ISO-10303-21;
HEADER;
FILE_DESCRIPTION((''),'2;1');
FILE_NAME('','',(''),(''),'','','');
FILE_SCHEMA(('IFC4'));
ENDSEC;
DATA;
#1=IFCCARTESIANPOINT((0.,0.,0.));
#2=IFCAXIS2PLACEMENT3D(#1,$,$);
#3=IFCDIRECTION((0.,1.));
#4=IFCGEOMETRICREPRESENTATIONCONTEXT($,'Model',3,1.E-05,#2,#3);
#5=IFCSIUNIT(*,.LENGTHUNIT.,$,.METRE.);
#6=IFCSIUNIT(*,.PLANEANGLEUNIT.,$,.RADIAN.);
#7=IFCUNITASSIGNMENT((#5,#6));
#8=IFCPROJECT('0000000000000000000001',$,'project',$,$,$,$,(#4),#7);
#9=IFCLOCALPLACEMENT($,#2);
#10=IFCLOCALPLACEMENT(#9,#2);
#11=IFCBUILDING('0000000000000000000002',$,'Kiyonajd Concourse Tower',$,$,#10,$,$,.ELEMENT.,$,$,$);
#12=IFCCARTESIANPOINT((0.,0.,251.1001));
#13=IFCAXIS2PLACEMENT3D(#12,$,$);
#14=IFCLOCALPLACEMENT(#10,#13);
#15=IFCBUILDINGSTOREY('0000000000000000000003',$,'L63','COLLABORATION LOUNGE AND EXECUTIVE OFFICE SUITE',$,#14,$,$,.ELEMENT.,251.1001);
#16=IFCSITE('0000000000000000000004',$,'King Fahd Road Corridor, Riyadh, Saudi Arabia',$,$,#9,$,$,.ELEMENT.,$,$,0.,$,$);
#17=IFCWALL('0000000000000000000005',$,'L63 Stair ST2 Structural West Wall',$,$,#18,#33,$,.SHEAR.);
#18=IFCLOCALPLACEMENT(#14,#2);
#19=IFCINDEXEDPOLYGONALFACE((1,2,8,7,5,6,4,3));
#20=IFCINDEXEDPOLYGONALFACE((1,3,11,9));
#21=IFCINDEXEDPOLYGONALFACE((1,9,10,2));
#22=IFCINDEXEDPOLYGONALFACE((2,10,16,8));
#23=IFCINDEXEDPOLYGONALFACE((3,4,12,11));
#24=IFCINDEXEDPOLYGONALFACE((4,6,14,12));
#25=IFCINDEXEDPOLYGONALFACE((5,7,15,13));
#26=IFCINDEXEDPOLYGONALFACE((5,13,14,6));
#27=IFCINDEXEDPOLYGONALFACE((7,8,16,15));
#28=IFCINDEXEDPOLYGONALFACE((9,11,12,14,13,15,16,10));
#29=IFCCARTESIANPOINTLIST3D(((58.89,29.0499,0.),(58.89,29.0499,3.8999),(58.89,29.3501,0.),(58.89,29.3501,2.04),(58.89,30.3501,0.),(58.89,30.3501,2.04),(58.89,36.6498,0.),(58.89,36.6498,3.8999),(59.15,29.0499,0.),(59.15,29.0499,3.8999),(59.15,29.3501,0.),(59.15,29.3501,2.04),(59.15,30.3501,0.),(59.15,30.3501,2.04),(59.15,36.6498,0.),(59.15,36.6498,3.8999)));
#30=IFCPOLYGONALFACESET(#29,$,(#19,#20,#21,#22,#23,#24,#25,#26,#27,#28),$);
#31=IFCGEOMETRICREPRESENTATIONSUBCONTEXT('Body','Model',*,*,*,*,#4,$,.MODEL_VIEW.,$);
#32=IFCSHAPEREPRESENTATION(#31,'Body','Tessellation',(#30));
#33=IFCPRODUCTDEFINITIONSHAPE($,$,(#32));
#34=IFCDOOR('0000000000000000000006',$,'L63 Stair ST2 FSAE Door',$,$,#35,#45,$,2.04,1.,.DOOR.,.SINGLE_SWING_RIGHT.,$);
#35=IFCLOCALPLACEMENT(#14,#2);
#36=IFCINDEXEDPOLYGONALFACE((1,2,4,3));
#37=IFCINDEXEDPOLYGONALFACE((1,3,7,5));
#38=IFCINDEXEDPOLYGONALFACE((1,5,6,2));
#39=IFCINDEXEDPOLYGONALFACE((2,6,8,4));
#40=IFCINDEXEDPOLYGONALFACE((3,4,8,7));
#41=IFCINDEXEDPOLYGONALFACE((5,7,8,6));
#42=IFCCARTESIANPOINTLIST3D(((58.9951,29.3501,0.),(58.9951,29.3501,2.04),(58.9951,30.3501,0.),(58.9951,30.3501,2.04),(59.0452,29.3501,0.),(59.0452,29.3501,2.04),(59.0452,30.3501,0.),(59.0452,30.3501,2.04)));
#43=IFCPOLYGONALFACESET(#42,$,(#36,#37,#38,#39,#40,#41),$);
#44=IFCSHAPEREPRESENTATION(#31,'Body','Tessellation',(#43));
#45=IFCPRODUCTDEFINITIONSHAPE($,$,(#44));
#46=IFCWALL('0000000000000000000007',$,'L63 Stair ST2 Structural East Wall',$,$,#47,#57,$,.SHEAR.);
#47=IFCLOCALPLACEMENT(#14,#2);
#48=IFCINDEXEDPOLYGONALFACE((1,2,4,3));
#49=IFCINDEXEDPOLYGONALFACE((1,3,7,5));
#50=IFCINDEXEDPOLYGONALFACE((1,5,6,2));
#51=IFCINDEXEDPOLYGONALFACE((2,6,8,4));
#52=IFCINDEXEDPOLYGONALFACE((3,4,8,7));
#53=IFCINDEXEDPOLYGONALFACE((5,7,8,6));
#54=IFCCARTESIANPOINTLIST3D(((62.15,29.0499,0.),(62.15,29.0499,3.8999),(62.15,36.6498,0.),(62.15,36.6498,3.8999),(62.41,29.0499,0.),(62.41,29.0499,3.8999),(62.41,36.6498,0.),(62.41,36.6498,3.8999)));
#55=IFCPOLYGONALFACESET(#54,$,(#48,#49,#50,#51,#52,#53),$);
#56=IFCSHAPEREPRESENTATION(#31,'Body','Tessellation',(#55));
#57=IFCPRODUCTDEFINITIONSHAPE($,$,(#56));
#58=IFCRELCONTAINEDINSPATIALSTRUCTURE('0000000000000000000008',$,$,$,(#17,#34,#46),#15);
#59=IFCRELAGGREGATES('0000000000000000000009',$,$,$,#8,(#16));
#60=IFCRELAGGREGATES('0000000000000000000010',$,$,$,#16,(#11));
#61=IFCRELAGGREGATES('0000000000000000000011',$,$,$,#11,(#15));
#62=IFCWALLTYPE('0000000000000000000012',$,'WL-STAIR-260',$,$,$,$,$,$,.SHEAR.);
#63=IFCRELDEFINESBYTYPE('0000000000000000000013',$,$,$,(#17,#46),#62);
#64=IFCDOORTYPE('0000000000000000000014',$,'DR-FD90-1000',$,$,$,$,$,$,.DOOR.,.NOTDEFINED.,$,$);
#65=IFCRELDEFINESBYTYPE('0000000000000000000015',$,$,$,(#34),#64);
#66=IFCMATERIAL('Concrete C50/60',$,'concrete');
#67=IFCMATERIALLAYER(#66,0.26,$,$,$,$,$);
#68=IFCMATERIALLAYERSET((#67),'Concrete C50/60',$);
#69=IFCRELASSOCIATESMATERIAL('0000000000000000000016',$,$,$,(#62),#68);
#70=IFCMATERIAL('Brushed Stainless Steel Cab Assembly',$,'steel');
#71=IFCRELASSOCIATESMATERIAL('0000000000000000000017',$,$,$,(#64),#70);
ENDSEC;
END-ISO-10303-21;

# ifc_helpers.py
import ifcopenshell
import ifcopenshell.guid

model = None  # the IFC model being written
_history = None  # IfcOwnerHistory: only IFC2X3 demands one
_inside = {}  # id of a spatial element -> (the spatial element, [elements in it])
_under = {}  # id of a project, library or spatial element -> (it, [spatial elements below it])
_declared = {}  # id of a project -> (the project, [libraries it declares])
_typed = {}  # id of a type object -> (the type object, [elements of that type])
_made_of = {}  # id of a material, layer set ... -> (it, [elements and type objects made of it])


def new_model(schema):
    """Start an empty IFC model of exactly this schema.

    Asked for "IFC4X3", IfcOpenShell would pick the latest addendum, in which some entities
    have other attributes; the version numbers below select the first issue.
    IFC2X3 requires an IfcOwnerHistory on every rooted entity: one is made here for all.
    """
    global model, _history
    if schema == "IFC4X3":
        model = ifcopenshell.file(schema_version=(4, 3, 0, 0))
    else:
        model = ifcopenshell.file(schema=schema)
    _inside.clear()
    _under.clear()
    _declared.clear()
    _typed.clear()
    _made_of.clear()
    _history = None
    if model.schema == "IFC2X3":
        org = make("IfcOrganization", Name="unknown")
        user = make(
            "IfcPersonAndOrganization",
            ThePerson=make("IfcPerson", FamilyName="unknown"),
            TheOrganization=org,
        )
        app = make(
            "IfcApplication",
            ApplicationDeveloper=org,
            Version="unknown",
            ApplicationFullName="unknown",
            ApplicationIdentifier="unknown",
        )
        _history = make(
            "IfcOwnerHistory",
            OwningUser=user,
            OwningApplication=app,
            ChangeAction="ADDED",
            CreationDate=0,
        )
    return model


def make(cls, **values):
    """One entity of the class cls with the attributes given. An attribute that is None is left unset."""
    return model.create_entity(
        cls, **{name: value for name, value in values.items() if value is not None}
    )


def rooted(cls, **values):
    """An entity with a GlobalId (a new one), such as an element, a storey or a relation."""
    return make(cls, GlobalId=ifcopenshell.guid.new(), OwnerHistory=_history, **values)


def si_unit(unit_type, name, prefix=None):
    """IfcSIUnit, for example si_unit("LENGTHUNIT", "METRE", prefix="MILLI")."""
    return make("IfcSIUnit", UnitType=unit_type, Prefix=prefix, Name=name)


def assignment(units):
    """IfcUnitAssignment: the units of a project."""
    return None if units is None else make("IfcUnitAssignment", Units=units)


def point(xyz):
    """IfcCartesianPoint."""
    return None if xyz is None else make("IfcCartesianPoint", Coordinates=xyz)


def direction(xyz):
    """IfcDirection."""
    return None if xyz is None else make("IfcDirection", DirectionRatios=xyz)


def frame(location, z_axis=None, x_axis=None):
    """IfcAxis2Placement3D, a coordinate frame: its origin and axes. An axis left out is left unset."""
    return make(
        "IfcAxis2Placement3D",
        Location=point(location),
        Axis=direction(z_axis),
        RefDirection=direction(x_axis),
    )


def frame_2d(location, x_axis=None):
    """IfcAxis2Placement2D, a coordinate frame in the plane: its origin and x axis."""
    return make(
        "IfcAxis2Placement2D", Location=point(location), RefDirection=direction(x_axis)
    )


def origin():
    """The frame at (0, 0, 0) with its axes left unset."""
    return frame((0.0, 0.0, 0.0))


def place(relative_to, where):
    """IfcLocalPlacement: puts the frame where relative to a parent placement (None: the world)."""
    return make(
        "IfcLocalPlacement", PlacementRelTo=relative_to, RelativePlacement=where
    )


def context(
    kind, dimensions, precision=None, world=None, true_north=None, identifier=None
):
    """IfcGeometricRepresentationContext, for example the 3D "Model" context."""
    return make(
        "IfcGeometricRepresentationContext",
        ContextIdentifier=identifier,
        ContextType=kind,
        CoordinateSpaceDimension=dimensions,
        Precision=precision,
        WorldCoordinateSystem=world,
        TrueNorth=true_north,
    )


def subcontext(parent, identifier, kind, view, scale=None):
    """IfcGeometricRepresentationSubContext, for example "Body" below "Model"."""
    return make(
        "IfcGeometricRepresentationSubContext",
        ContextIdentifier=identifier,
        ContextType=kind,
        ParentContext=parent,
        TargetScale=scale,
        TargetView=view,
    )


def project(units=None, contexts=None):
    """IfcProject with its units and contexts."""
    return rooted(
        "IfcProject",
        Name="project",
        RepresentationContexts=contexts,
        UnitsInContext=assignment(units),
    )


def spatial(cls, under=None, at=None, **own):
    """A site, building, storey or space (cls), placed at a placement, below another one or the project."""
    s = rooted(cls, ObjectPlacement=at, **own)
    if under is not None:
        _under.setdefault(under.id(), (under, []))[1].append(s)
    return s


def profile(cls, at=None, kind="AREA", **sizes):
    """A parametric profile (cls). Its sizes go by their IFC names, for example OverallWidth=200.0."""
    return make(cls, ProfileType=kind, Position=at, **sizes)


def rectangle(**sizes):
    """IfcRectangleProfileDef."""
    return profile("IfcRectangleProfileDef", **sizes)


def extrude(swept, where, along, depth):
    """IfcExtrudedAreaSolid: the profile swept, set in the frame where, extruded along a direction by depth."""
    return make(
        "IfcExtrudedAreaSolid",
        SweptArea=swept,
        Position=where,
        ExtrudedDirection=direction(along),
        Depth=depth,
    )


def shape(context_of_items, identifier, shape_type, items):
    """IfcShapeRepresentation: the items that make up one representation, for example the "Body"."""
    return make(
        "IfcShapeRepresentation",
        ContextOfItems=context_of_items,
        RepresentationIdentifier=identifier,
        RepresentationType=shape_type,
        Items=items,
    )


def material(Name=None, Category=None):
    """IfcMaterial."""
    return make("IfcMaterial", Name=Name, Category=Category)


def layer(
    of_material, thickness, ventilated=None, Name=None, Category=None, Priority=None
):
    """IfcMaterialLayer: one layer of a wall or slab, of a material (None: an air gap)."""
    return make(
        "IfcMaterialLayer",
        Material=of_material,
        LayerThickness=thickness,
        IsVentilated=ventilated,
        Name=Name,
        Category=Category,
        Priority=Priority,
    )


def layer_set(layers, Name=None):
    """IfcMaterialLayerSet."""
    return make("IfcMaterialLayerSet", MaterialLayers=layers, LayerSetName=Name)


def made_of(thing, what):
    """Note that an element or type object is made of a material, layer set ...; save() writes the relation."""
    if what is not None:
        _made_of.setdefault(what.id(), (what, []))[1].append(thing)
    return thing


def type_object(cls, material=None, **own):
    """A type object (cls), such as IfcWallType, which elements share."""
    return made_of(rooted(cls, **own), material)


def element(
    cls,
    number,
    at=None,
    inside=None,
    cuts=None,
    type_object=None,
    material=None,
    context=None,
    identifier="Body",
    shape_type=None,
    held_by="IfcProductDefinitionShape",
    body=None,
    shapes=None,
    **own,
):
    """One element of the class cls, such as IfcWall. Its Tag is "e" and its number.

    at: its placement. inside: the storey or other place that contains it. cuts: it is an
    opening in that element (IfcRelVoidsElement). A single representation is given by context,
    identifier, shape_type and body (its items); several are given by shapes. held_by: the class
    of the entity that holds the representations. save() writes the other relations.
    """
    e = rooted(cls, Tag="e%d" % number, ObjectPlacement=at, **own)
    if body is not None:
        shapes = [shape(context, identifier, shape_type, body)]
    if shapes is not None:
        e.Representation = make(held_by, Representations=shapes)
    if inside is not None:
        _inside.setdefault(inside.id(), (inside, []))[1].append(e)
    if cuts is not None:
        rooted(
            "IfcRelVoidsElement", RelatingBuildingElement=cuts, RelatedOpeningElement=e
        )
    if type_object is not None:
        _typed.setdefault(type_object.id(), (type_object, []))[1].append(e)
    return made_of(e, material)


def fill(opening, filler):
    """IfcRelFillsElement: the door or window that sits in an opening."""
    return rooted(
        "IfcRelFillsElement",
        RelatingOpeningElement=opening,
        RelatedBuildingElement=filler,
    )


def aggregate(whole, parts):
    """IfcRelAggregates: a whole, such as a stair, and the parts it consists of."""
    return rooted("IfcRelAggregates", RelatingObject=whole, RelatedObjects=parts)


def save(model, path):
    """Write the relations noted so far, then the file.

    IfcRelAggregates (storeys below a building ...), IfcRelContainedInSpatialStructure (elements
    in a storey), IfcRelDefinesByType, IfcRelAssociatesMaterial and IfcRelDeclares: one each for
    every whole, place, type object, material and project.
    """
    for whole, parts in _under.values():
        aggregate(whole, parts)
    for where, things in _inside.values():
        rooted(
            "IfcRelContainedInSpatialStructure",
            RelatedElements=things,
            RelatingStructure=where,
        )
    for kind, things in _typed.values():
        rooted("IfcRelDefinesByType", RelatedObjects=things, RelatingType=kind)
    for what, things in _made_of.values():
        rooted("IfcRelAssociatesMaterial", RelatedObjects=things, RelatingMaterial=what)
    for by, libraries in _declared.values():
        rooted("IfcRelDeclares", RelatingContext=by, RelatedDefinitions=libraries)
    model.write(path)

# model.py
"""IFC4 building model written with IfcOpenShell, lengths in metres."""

from ifc_helpers import new_model, si_unit, direction, frame, frame_2d, origin, place, context, subcontext, project, spatial, rectangle, extrude, material, layer, layer_set, type_object, element, fill, save


model = new_model("IFC4")

# Units and contexts
model_context = context("Model", 3, precision=1e-05, world=origin(), true_north=direction((0.0, 1.0)))
body_context = subcontext(model_context, "Body", "Model", "MODEL_VIEW")
ifc_project = project(units=[si_unit("LENGTHUNIT", "METRE"), si_unit("PLANEANGLEUNIT", "RADIAN")], contexts=[model_context])

# Site, building, storey
site_placement = place(None, origin())
site = spatial("IfcSite", under=ifc_project, at=site_placement, Name="King Fahd Road Corridor, Riyadh, Saudi Arabia", CompositionType="ELEMENT", RefElevation=0.0)
building_placement = place(site_placement, origin())
building = spatial("IfcBuilding", under=site, at=building_placement, Name="Kiyonajd Concourse Tower", CompositionType="ELEMENT")
storey_placement = place(building_placement, frame((0.0, 0.0, 251.1001)))
storey = spatial("IfcBuildingStorey", under=building, at=storey_placement, Name="L63", Description="COLLABORATION LOUNGE AND EXECUTIVE OFFICE SUITE", CompositionType="ELEMENT", Elevation=251.1001)

# Shared definitions
ifc_material_1 = material(Name="Concrete C50/60", Category="concrete")
ifc_layer_1 = layer(ifc_material_1, 0.26)
ifc_layer_set_1 = layer_set([ifc_layer_1], Name="Concrete C50/60")
wall_type_1 = type_object("IfcWallType", Name="WL-STAIR-260", PredefinedType="SHEAR", material=ifc_layer_set_1)

# Wall, opening, door
wall_1_placement = place(storey_placement, frame((59.02, 29.05, 0.0), z_axis=(0.0, 0.0, 1.0), x_axis=(0.0, 1.0, 0.0)))
wall_1 = element("IfcWall", 1, at=wall_1_placement, inside=storey, type_object=wall_type_1, Name="L63 Stair ST2 Structural West Wall", PredefinedType="SHEAR", context=body_context, shape_type="SweptSolid", body=[
    extrude(rectangle(XDim=7.5999, YDim=0.26, at=frame_2d((3.7998, 0.0))), origin(), (0.0, 0.0, 1.0), 3.8999),
])
opening_1_placement = place(wall_1_placement, frame((0.3, 0.0, 0.0)))
opening_1 = element("IfcOpeningElement", 2, at=opening_1_placement, cuts=wall_1, PredefinedType="OPENING", context=body_context, shape_type="SweptSolid", body=[
    extrude(rectangle(XDim=1.0, YDim=2.04, at=frame_2d((0.5, 1.02))), frame((0.0, 0.1399, 0.0), z_axis=(0.0, -1.0, 0.0), x_axis=(1.0, 0.0, 0.0)), (0.0, 0.0, 1.0), 0.28),
])
ifc_material_2 = material(Name="Brushed Stainless Steel Cab Assembly", Category="steel")
door_type = type_object("IfcDoorType", Name="DR-FD90-1000", OperationType="NOTDEFINED", PredefinedType="DOOR", material=ifc_material_2)
door_placement = place(opening_1_placement, origin())
door = element("IfcDoor", 3, at=door_placement, inside=storey, type_object=door_type, Name="L63 Stair ST2 FSAE Door", OperationType="SINGLE_SWING_RIGHT", OverallHeight=2.04, OverallWidth=1.0, PredefinedType="DOOR", context=body_context, shape_type="SweptSolid", body=[
    extrude(rectangle(XDim=1.0, YDim=2.04, at=frame_2d((0.5, 1.02))), frame((0.0, 0.0249, 0.0), z_axis=(0.0, -1.0, 0.0), x_axis=(1.0, 0.0, 0.0)), (0.0, 0.0, 1.0), 0.05),
])
fill(opening_1, door)

# Wall
wall_2_placement = place(storey_placement, frame((62.28, 29.05, 0.0), z_axis=(0.0, 0.0, 1.0), x_axis=(0.0, 1.0, 0.0)))
element("IfcWall", 4, at=wall_2_placement, inside=storey, type_object=wall_type_1, Name="L63 Stair ST2 Structural East Wall", PredefinedType="SHEAR", context=body_context, shape_type="SweptSolid", body=[
    extrude(rectangle(XDim=7.5999, YDim=0.26, at=frame_2d((3.7998, 0.0))), origin(), (0.0, 0.0, 1.0), 3.8999),
])

save(model, "model.ifc")
